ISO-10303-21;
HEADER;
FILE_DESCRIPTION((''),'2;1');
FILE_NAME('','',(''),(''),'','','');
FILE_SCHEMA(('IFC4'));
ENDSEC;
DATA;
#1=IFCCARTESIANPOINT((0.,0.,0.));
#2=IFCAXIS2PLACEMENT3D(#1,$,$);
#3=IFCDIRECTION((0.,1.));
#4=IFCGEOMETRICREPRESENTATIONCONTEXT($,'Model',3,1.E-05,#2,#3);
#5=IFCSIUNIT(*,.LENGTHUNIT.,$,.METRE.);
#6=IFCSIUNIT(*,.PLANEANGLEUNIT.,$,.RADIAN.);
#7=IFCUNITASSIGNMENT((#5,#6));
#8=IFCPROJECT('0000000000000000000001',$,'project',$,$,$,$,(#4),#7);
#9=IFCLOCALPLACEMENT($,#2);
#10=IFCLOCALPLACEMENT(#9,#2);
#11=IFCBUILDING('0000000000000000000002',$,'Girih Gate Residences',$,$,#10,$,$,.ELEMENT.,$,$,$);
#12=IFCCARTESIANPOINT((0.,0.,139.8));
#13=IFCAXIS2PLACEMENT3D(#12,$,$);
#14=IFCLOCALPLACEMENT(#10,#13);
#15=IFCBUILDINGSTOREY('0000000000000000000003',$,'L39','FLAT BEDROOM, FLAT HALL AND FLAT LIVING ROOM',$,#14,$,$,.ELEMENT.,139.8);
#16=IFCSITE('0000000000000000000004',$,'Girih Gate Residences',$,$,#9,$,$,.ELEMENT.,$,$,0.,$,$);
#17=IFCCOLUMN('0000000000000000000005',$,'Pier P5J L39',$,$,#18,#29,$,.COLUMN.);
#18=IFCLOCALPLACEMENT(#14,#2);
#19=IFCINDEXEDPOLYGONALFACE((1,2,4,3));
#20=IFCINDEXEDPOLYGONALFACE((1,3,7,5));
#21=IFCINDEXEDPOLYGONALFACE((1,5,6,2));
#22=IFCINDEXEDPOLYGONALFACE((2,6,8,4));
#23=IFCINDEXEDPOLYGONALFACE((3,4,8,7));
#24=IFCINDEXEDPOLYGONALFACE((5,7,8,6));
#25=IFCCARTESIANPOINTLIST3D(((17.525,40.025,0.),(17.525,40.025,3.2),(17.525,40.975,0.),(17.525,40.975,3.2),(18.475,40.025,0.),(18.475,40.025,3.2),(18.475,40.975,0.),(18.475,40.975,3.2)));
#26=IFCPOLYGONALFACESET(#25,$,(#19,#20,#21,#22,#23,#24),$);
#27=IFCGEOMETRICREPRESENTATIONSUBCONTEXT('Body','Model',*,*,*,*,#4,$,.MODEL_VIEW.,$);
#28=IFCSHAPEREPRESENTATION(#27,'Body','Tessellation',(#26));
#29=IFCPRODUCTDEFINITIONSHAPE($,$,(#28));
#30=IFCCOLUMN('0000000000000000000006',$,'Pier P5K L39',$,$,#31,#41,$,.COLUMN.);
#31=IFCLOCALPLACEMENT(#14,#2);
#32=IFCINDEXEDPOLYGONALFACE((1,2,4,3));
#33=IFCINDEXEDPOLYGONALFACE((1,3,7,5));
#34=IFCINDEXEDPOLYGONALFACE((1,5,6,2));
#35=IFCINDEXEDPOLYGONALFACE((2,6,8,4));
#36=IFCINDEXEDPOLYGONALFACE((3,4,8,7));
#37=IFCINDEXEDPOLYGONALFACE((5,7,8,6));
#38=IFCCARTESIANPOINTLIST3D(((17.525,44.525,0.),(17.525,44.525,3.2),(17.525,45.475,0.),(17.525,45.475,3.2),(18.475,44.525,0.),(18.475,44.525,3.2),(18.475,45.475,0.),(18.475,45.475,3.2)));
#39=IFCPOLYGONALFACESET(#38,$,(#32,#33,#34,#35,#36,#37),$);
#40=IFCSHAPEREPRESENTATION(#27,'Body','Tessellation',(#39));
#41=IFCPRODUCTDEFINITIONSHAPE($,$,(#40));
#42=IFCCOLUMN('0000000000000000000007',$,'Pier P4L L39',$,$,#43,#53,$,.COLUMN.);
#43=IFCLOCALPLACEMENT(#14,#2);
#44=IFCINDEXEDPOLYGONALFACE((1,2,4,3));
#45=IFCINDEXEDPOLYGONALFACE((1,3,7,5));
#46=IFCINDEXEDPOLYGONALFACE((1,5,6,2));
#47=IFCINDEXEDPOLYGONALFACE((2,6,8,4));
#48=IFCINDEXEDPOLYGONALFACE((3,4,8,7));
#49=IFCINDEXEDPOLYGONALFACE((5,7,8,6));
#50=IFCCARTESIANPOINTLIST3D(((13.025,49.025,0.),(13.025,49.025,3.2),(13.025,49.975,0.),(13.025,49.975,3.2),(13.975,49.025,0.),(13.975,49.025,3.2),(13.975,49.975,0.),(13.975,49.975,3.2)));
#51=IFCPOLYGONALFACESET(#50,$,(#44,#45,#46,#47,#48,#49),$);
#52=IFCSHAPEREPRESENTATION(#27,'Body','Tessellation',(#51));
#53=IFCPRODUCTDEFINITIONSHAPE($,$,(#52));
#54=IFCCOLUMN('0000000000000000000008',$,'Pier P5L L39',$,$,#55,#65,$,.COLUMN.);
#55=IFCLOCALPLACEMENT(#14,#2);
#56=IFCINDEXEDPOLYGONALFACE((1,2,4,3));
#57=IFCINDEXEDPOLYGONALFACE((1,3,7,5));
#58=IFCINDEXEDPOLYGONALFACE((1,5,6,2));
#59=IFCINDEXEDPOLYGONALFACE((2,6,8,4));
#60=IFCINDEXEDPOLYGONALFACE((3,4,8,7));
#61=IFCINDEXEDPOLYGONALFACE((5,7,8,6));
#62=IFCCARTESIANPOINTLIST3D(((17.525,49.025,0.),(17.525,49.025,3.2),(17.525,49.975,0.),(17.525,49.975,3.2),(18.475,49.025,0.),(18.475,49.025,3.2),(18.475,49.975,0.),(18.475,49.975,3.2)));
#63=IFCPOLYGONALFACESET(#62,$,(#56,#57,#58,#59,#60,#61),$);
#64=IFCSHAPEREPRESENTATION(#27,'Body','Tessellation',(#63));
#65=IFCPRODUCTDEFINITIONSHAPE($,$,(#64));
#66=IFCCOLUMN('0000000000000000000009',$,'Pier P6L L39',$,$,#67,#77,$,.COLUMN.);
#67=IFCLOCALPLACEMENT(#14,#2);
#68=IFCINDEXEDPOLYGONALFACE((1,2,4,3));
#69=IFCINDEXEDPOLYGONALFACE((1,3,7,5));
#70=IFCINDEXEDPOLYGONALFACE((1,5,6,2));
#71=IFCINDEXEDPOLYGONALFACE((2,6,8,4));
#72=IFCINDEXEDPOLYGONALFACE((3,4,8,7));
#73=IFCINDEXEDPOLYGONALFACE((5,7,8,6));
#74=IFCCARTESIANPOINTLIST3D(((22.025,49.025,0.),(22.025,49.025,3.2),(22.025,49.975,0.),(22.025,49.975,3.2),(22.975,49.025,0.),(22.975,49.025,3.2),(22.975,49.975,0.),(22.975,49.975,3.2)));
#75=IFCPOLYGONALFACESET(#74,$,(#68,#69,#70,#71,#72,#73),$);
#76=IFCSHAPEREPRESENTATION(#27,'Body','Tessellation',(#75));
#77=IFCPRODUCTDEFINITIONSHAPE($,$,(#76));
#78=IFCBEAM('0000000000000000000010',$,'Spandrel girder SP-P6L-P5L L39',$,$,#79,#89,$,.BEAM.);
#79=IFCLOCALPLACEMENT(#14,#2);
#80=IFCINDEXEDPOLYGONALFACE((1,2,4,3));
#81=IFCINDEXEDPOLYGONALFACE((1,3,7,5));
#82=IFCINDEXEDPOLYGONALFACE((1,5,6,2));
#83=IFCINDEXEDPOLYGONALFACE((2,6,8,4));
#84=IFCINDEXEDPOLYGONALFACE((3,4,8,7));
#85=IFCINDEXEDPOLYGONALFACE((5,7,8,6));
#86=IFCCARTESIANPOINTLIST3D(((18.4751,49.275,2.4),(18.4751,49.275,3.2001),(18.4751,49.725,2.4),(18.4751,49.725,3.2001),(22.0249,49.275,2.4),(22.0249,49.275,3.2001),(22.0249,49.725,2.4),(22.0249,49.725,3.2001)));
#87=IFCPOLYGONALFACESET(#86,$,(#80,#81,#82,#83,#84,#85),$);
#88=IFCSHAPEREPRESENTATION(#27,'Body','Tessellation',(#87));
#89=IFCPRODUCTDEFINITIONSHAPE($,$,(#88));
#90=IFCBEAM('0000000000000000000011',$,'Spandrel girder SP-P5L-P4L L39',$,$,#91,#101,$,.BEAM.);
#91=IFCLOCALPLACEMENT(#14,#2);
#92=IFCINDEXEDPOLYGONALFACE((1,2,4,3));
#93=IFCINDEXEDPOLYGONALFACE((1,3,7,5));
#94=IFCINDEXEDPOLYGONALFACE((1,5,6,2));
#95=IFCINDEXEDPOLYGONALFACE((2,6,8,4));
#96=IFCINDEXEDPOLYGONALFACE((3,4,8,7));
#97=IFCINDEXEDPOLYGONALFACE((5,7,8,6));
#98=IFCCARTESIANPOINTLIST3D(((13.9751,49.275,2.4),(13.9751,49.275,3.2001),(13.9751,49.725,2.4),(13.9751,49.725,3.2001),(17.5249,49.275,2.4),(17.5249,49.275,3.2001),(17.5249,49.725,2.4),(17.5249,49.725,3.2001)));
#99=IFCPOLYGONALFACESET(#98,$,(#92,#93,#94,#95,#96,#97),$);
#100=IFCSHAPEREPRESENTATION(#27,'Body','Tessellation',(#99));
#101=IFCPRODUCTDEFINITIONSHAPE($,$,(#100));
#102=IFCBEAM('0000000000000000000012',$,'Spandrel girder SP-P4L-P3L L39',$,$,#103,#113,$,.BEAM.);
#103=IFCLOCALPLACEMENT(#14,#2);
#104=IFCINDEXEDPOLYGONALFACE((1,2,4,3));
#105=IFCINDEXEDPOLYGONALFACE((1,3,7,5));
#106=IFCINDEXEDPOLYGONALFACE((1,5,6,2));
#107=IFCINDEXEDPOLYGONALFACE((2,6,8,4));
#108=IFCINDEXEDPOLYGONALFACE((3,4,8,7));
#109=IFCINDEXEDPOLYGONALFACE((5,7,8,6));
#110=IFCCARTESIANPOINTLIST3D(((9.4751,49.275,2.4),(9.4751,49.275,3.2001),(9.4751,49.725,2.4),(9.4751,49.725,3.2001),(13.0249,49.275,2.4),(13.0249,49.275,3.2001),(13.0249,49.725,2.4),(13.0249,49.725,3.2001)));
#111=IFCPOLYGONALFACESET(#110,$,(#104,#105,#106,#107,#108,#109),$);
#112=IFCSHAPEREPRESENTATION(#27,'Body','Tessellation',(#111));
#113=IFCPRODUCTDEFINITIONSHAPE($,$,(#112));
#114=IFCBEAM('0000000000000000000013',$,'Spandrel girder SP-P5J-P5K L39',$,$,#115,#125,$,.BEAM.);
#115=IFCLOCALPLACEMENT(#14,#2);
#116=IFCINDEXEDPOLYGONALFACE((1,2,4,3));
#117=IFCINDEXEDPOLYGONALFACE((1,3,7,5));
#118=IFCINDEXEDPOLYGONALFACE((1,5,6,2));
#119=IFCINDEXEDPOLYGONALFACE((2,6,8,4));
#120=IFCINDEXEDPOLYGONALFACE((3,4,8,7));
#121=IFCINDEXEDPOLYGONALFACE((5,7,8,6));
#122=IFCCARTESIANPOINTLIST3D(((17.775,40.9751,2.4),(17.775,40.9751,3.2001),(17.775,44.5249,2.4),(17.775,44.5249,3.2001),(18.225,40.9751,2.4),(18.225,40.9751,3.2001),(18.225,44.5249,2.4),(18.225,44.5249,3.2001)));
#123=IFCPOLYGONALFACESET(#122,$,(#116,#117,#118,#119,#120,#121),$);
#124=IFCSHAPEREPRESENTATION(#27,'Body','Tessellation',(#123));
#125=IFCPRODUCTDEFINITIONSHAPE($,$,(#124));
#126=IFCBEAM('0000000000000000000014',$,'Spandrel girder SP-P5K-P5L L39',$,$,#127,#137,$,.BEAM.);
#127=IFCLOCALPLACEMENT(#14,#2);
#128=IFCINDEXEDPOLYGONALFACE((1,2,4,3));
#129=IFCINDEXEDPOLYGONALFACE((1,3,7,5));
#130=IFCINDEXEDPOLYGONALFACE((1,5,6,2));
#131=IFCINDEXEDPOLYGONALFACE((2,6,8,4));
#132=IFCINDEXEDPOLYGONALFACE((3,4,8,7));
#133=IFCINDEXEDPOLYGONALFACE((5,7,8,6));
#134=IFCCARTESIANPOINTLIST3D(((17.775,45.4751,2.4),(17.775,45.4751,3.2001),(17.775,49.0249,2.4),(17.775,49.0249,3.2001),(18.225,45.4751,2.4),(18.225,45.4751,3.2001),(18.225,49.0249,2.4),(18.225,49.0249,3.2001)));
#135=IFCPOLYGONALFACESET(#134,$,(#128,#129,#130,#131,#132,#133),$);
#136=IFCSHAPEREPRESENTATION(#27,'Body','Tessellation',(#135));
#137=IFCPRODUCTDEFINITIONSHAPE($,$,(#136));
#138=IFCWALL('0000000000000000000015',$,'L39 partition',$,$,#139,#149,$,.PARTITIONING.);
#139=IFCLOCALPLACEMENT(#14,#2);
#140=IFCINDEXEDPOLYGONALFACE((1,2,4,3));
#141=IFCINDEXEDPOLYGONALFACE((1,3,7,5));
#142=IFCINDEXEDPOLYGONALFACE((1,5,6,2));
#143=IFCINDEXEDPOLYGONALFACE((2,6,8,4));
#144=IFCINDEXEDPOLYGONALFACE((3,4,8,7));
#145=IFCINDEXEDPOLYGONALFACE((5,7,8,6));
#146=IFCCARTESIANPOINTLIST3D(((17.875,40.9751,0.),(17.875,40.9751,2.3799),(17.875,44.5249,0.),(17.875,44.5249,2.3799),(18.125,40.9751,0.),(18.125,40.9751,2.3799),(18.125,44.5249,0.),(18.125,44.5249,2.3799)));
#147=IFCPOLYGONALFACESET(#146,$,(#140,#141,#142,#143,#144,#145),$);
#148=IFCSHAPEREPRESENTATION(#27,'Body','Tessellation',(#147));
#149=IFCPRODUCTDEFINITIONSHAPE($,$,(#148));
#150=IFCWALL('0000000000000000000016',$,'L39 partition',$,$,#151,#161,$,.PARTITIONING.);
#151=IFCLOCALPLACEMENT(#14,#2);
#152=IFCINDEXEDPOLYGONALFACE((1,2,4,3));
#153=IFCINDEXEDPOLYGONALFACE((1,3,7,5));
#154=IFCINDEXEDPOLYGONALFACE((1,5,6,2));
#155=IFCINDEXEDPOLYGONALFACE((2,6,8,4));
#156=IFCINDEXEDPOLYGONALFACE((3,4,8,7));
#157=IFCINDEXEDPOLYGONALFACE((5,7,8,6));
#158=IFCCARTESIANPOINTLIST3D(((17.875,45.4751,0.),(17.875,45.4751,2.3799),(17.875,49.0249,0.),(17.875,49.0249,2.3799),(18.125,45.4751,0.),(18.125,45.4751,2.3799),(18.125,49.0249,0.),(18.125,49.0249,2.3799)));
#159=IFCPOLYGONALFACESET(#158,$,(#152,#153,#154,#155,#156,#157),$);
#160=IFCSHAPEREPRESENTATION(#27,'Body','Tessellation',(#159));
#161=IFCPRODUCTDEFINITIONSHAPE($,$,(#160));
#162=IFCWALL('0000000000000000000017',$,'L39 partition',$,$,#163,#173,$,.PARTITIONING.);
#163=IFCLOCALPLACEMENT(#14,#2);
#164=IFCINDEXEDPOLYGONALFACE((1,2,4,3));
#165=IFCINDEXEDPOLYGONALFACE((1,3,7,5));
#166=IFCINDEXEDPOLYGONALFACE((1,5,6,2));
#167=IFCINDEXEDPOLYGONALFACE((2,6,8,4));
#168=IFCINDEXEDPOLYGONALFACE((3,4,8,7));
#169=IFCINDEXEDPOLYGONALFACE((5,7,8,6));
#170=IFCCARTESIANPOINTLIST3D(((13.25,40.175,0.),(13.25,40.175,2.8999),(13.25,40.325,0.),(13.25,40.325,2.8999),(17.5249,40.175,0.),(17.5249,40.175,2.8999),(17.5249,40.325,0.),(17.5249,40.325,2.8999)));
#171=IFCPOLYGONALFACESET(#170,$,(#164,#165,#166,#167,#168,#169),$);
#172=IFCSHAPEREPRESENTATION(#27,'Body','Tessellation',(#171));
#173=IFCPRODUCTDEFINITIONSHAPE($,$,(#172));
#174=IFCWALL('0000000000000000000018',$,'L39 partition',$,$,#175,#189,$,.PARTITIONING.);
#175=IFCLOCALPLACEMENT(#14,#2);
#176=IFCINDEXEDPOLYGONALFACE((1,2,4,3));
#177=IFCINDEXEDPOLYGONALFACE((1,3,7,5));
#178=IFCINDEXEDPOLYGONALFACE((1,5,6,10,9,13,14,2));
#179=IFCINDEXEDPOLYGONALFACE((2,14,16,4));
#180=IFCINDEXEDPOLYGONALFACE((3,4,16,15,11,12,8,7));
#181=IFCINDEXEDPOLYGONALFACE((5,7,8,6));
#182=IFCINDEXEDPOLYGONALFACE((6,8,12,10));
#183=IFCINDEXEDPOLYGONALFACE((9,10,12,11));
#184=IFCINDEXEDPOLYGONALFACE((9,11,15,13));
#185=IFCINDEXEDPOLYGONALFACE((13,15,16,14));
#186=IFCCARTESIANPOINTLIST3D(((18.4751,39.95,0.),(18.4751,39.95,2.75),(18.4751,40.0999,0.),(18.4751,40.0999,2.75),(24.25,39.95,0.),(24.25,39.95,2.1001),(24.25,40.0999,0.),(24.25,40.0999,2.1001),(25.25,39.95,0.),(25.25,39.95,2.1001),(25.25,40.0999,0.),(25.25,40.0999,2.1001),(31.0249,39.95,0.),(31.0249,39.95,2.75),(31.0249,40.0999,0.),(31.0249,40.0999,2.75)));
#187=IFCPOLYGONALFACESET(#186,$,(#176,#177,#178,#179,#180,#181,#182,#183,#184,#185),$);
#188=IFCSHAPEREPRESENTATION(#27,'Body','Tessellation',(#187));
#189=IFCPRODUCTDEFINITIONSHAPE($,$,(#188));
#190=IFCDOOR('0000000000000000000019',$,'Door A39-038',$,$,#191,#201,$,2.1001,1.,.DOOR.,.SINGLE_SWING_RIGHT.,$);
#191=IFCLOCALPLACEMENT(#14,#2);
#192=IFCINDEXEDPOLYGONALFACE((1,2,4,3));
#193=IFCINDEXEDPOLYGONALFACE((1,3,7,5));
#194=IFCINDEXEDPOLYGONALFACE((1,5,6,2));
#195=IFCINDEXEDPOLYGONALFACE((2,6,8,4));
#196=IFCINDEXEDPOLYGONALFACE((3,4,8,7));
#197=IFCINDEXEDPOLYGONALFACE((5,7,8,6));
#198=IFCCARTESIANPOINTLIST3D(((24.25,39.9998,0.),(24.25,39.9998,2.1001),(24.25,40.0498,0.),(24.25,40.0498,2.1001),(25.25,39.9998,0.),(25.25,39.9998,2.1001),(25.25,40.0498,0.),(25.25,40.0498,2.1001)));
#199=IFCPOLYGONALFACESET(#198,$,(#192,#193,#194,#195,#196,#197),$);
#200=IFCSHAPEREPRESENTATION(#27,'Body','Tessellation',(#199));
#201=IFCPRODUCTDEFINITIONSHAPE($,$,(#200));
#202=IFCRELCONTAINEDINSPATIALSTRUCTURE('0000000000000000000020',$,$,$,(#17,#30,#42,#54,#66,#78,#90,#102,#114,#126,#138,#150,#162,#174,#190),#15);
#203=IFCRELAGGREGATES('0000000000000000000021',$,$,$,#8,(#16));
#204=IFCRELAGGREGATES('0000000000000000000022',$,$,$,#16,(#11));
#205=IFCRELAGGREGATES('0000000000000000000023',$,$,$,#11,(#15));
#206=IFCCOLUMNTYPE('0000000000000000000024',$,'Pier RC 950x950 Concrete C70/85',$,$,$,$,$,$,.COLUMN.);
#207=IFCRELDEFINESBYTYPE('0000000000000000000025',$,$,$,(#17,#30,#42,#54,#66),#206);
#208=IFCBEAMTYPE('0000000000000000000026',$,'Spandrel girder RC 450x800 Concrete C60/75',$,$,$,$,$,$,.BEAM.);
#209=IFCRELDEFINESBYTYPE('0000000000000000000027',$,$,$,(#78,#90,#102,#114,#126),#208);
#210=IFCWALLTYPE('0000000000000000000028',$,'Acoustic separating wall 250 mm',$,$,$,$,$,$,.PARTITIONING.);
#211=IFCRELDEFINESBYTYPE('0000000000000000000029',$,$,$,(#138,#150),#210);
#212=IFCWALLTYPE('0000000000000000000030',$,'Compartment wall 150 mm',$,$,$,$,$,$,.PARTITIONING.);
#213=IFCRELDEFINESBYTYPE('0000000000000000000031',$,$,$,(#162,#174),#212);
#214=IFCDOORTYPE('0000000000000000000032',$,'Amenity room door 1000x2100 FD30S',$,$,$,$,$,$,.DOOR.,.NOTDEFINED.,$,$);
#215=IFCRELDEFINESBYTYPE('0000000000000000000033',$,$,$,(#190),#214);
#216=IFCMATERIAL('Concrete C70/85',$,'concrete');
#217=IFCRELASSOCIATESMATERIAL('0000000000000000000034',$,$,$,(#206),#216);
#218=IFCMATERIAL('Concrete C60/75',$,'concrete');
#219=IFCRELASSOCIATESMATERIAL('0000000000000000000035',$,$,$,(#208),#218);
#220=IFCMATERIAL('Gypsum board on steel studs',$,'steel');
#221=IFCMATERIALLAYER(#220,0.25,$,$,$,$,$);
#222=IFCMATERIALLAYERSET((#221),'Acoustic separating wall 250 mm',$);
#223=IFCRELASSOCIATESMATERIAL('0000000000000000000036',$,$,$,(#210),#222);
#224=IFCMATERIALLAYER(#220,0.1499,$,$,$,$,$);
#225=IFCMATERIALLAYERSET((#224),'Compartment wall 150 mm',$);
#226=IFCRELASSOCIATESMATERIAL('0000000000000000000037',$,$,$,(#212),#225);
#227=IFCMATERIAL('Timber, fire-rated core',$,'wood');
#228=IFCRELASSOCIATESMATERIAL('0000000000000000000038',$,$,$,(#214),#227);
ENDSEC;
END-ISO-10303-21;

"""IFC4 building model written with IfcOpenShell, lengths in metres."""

from ifc_helpers import new_model, si_unit, direction, frame, frame_2d, origin, origin_2d, place, context, subcontext, project, spatial, rectangle, extrude, material, layer, layer_set, material_profile, profile_set, type_object, element, fill, save


model = new_model("IFC4")

# Units and contexts
model_context = context("Model", 3, precision=1e-05, world=origin(), true_north=direction((0.0, 1.0)))
body_context = subcontext(model_context, "Body", "Model", "MODEL_VIEW")
ifc_project = project(units=[si_unit("LENGTHUNIT", "METRE"), si_unit("PLANEANGLEUNIT", "RADIAN")], contexts=[model_context])

# Site, building, storey
site_placement = place(None, origin())
site = spatial("IfcSite", under=ifc_project, at=site_placement, Name="Girih Gate Residences", CompositionType="ELEMENT", RefElevation=0.0)
building_placement = place(site_placement, origin())
building = spatial("IfcBuilding", under=site, at=building_placement, Name="Girih Gate Residences", CompositionType="ELEMENT")
storey_placement = place(building_placement, frame((0.0, 0.0, 139.8)))
storey = spatial("IfcBuildingStorey", under=building, at=storey_placement, Name="L39", Description="FLAT BEDROOM, FLAT HALL AND FLAT LIVING ROOM", CompositionType="ELEMENT", Elevation=139.8)

# Columns
ifc_material_1 = material(Name="Concrete C70/85", Category="concrete")
ifc_material_profile_1 = material_profile(ifc_material_1, rectangle(XDim=0.95, YDim=0.95, at=origin_2d()))
ifc_profile_set_1 = profile_set([ifc_material_profile_1], Name="Concrete C70/85")
column_type = type_object("IfcColumnType", Name="Pier RC 950x950 Concrete C70/85", PredefinedType="COLUMN", material=ifc_profile_set_1)
for number, where, z_axis, x_axis, name in (
    (1, (18.0, 40.5, 0.0), (0.0, 0.0, 1.0), (1.0, 0.0, 0.0), "Pier P5J L39"),
    (2, (18.0, 45.0, 0.0), (0.0, 0.0, 1.0), (1.0, 0.0, 0.0), "Pier P5K L39"),
    (3, (13.5, 49.5, 0.0), (0.0, 0.0, 1.0), (1.0, 0.0, 0.0), "Pier P4L L39"),
    (4, (18.0, 49.5, 0.0), (0.0, 0.0, 1.0), (1.0, 0.0, 0.0), "Pier P5L L39"),
    (5, (22.5, 49.5, 0.0), (0.0, 0.0, 1.0), (1.0, 0.0, 0.0), "Pier P6L L39"),
):
    element("IfcColumn", number, at=place(storey_placement, frame(where, z_axis=z_axis, x_axis=x_axis)), inside=storey, type_object=column_type, Name=name, PredefinedType="COLUMN", context=body_context, shape_type="SweptSolid", body=[
        extrude(rectangle(XDim=0.95, YDim=0.95, at=origin_2d()), origin(), (0.0, 0.0, 1.0), 3.2),
    ])

# Beams
ifc_material_2 = material(Name="Concrete C60/75", Category="concrete")
ifc_material_profile_2 = material_profile(ifc_material_2, rectangle(XDim=0.45, YDim=0.8, at=origin_2d()))
ifc_profile_set_2 = profile_set([ifc_material_profile_2], Name="Concrete C60/75")
beam_type = type_object("IfcBeamType", Name="Spandrel girder RC 450x800 Concrete C60/75", PredefinedType="BEAM", material=ifc_profile_set_2)
for number, where, z_axis, x_axis, name in (
    (6, (22.0249, 49.5, 2.8), (-1.0, 0.0, 0.0), (0.0, -1.0, 0.0), "Spandrel girder SP-P6L-P5L L39"),
    (7, (17.5249, 49.5, 2.8), (-1.0, 0.0, 0.0), (0.0, -1.0, 0.0), "Spandrel girder SP-P5L-P4L L39"),
    (8, (13.0249, 49.5, 2.8), (-1.0, 0.0, 0.0), (0.0, -1.0, 0.0), "Spandrel girder SP-P4L-P3L L39"),
    (9, (18.0, 40.9751, 2.8), (0.0, 1.0, 0.0), (-1.0, 0.0, 0.0), "Spandrel girder SP-P5J-P5K L39"),
    (10, (18.0, 45.4751, 2.8), (0.0, 1.0, 0.0), (-1.0, 0.0, 0.0), "Spandrel girder SP-P5K-P5L L39"),
):
    element("IfcBeam", number, at=place(storey_placement, frame(where, z_axis=z_axis, x_axis=x_axis)), inside=storey, type_object=beam_type, Name=name, PredefinedType="BEAM", context=body_context, shape_type="SweptSolid", body=[
        extrude(rectangle(XDim=0.45, YDim=0.8, at=origin_2d()), origin(), (0.0, 0.0, 1.0), 3.5498),
    ])

# Walls
ifc_material_3 = material(Name="Gypsum board on steel studs", Category="steel")
ifc_layer_1 = layer(ifc_material_3, 0.25)
ifc_layer_set_1 = layer_set([ifc_layer_1], Name="Acoustic separating wall 250 mm")
wall_type_1 = type_object("IfcWallType", Name="Acoustic separating wall 250 mm", PredefinedType="PARTITIONING", material=ifc_layer_set_1)
for number, where, z_axis, x_axis, name in (
    (11, (18.0, 40.9751, 0.0), (0.0, 0.0, 1.0), (0.0, 1.0, 0.0), "L39 partition"),
    (12, (18.0, 45.4751, 0.0), (0.0, 0.0, 1.0), (0.0, 1.0, 0.0), "L39 partition"),
):
    element("IfcWall", number, at=place(storey_placement, frame(where, z_axis=z_axis, x_axis=x_axis)), inside=storey, type_object=wall_type_1, Name=name, PredefinedType="PARTITIONING", context=body_context, shape_type="SweptSolid", body=[
        extrude(rectangle(XDim=3.5498, YDim=0.25, at=frame_2d((1.7749, 0.0))), origin(), (0.0, 0.0, 1.0), 2.3799),
    ])
ifc_layer_2 = layer(ifc_material_3, 0.1499)
ifc_layer_set_2 = layer_set([ifc_layer_2], Name="Compartment wall 150 mm")
wall_type_2 = type_object("IfcWallType", Name="Compartment wall 150 mm", PredefinedType="PARTITIONING", material=ifc_layer_set_2)
wall_1_placement = place(storey_placement, frame((13.25, 40.25, 0.0), z_axis=(0.0, 0.0, 1.0), x_axis=(1.0, 0.0, 0.0)))
element("IfcWall", 13, at=wall_1_placement, inside=storey, type_object=wall_type_2, Name="L39 partition", PredefinedType="PARTITIONING", context=body_context, shape_type="SweptSolid", body=[
    extrude(rectangle(XDim=4.2749, YDim=0.1499, at=frame_2d((2.1375, 0.0))), origin(), (0.0, 0.0, 1.0), 2.8999),
])

# Wall, opening, door
wall_2_placement = place(storey_placement, frame((18.4751, 40.0249, 0.0), z_axis=(0.0, 0.0, 1.0), x_axis=(1.0, 0.0, 0.0)))
wall_2 = element("IfcWall", 14, at=wall_2_placement, inside=storey, type_object=wall_type_2, Name="L39 partition", PredefinedType="PARTITIONING", context=body_context, shape_type="SweptSolid", body=[
    extrude(rectangle(XDim=12.5498, YDim=0.1499, at=frame_2d((6.2749, 0.0))), origin(), (0.0, 0.0, 1.0), 2.75),
])
opening_1_placement = place(wall_2_placement, frame((5.7749, 0.0, 0.0)))
opening_1 = element("IfcOpeningElement", 15, at=opening_1_placement, cuts=wall_2, PredefinedType="OPENING", context=body_context, shape_type="SweptSolid", body=[
    extrude(rectangle(XDim=1.0, YDim=2.1001, at=frame_2d((0.5, 1.05))), frame((0.0, 0.085, 0.0), z_axis=(0.0, -1.0, 0.0), x_axis=(1.0, 0.0, 0.0)), (0.0, 0.0, 1.0), 0.1699),
])
ifc_material_4 = material(Name="Timber, fire-rated core", Category="wood")
door_type_1 = type_object("IfcDoorType", Name="Amenity room door 1000x2100 FD30S", OperationType="NOTDEFINED", PredefinedType="DOOR", material=ifc_material_4)
door_1_placement = place(opening_1_placement, origin())
door_1 = element("IfcDoor", 16, at=door_1_placement, inside=storey, type_object=door_type_1, Name="Door A39-038", OperationType="SINGLE_SWING_RIGHT", OverallHeight=2.1001, OverallWidth=1.0, PredefinedType="DOOR", context=body_context, shape_type="SweptSolid", body=[
    extrude(rectangle(XDim=1.0, YDim=2.1001, at=frame_2d((0.5, 1.05))), frame((0.0, 0.0249, 0.0), z_axis=(0.0, -1.0, 0.0), x_axis=(1.0, 0.0, 0.0)), (0.0, 0.0, 1.0), 0.05),
])
fill(opening_1, door_1)

save(model, "model.ifc")
